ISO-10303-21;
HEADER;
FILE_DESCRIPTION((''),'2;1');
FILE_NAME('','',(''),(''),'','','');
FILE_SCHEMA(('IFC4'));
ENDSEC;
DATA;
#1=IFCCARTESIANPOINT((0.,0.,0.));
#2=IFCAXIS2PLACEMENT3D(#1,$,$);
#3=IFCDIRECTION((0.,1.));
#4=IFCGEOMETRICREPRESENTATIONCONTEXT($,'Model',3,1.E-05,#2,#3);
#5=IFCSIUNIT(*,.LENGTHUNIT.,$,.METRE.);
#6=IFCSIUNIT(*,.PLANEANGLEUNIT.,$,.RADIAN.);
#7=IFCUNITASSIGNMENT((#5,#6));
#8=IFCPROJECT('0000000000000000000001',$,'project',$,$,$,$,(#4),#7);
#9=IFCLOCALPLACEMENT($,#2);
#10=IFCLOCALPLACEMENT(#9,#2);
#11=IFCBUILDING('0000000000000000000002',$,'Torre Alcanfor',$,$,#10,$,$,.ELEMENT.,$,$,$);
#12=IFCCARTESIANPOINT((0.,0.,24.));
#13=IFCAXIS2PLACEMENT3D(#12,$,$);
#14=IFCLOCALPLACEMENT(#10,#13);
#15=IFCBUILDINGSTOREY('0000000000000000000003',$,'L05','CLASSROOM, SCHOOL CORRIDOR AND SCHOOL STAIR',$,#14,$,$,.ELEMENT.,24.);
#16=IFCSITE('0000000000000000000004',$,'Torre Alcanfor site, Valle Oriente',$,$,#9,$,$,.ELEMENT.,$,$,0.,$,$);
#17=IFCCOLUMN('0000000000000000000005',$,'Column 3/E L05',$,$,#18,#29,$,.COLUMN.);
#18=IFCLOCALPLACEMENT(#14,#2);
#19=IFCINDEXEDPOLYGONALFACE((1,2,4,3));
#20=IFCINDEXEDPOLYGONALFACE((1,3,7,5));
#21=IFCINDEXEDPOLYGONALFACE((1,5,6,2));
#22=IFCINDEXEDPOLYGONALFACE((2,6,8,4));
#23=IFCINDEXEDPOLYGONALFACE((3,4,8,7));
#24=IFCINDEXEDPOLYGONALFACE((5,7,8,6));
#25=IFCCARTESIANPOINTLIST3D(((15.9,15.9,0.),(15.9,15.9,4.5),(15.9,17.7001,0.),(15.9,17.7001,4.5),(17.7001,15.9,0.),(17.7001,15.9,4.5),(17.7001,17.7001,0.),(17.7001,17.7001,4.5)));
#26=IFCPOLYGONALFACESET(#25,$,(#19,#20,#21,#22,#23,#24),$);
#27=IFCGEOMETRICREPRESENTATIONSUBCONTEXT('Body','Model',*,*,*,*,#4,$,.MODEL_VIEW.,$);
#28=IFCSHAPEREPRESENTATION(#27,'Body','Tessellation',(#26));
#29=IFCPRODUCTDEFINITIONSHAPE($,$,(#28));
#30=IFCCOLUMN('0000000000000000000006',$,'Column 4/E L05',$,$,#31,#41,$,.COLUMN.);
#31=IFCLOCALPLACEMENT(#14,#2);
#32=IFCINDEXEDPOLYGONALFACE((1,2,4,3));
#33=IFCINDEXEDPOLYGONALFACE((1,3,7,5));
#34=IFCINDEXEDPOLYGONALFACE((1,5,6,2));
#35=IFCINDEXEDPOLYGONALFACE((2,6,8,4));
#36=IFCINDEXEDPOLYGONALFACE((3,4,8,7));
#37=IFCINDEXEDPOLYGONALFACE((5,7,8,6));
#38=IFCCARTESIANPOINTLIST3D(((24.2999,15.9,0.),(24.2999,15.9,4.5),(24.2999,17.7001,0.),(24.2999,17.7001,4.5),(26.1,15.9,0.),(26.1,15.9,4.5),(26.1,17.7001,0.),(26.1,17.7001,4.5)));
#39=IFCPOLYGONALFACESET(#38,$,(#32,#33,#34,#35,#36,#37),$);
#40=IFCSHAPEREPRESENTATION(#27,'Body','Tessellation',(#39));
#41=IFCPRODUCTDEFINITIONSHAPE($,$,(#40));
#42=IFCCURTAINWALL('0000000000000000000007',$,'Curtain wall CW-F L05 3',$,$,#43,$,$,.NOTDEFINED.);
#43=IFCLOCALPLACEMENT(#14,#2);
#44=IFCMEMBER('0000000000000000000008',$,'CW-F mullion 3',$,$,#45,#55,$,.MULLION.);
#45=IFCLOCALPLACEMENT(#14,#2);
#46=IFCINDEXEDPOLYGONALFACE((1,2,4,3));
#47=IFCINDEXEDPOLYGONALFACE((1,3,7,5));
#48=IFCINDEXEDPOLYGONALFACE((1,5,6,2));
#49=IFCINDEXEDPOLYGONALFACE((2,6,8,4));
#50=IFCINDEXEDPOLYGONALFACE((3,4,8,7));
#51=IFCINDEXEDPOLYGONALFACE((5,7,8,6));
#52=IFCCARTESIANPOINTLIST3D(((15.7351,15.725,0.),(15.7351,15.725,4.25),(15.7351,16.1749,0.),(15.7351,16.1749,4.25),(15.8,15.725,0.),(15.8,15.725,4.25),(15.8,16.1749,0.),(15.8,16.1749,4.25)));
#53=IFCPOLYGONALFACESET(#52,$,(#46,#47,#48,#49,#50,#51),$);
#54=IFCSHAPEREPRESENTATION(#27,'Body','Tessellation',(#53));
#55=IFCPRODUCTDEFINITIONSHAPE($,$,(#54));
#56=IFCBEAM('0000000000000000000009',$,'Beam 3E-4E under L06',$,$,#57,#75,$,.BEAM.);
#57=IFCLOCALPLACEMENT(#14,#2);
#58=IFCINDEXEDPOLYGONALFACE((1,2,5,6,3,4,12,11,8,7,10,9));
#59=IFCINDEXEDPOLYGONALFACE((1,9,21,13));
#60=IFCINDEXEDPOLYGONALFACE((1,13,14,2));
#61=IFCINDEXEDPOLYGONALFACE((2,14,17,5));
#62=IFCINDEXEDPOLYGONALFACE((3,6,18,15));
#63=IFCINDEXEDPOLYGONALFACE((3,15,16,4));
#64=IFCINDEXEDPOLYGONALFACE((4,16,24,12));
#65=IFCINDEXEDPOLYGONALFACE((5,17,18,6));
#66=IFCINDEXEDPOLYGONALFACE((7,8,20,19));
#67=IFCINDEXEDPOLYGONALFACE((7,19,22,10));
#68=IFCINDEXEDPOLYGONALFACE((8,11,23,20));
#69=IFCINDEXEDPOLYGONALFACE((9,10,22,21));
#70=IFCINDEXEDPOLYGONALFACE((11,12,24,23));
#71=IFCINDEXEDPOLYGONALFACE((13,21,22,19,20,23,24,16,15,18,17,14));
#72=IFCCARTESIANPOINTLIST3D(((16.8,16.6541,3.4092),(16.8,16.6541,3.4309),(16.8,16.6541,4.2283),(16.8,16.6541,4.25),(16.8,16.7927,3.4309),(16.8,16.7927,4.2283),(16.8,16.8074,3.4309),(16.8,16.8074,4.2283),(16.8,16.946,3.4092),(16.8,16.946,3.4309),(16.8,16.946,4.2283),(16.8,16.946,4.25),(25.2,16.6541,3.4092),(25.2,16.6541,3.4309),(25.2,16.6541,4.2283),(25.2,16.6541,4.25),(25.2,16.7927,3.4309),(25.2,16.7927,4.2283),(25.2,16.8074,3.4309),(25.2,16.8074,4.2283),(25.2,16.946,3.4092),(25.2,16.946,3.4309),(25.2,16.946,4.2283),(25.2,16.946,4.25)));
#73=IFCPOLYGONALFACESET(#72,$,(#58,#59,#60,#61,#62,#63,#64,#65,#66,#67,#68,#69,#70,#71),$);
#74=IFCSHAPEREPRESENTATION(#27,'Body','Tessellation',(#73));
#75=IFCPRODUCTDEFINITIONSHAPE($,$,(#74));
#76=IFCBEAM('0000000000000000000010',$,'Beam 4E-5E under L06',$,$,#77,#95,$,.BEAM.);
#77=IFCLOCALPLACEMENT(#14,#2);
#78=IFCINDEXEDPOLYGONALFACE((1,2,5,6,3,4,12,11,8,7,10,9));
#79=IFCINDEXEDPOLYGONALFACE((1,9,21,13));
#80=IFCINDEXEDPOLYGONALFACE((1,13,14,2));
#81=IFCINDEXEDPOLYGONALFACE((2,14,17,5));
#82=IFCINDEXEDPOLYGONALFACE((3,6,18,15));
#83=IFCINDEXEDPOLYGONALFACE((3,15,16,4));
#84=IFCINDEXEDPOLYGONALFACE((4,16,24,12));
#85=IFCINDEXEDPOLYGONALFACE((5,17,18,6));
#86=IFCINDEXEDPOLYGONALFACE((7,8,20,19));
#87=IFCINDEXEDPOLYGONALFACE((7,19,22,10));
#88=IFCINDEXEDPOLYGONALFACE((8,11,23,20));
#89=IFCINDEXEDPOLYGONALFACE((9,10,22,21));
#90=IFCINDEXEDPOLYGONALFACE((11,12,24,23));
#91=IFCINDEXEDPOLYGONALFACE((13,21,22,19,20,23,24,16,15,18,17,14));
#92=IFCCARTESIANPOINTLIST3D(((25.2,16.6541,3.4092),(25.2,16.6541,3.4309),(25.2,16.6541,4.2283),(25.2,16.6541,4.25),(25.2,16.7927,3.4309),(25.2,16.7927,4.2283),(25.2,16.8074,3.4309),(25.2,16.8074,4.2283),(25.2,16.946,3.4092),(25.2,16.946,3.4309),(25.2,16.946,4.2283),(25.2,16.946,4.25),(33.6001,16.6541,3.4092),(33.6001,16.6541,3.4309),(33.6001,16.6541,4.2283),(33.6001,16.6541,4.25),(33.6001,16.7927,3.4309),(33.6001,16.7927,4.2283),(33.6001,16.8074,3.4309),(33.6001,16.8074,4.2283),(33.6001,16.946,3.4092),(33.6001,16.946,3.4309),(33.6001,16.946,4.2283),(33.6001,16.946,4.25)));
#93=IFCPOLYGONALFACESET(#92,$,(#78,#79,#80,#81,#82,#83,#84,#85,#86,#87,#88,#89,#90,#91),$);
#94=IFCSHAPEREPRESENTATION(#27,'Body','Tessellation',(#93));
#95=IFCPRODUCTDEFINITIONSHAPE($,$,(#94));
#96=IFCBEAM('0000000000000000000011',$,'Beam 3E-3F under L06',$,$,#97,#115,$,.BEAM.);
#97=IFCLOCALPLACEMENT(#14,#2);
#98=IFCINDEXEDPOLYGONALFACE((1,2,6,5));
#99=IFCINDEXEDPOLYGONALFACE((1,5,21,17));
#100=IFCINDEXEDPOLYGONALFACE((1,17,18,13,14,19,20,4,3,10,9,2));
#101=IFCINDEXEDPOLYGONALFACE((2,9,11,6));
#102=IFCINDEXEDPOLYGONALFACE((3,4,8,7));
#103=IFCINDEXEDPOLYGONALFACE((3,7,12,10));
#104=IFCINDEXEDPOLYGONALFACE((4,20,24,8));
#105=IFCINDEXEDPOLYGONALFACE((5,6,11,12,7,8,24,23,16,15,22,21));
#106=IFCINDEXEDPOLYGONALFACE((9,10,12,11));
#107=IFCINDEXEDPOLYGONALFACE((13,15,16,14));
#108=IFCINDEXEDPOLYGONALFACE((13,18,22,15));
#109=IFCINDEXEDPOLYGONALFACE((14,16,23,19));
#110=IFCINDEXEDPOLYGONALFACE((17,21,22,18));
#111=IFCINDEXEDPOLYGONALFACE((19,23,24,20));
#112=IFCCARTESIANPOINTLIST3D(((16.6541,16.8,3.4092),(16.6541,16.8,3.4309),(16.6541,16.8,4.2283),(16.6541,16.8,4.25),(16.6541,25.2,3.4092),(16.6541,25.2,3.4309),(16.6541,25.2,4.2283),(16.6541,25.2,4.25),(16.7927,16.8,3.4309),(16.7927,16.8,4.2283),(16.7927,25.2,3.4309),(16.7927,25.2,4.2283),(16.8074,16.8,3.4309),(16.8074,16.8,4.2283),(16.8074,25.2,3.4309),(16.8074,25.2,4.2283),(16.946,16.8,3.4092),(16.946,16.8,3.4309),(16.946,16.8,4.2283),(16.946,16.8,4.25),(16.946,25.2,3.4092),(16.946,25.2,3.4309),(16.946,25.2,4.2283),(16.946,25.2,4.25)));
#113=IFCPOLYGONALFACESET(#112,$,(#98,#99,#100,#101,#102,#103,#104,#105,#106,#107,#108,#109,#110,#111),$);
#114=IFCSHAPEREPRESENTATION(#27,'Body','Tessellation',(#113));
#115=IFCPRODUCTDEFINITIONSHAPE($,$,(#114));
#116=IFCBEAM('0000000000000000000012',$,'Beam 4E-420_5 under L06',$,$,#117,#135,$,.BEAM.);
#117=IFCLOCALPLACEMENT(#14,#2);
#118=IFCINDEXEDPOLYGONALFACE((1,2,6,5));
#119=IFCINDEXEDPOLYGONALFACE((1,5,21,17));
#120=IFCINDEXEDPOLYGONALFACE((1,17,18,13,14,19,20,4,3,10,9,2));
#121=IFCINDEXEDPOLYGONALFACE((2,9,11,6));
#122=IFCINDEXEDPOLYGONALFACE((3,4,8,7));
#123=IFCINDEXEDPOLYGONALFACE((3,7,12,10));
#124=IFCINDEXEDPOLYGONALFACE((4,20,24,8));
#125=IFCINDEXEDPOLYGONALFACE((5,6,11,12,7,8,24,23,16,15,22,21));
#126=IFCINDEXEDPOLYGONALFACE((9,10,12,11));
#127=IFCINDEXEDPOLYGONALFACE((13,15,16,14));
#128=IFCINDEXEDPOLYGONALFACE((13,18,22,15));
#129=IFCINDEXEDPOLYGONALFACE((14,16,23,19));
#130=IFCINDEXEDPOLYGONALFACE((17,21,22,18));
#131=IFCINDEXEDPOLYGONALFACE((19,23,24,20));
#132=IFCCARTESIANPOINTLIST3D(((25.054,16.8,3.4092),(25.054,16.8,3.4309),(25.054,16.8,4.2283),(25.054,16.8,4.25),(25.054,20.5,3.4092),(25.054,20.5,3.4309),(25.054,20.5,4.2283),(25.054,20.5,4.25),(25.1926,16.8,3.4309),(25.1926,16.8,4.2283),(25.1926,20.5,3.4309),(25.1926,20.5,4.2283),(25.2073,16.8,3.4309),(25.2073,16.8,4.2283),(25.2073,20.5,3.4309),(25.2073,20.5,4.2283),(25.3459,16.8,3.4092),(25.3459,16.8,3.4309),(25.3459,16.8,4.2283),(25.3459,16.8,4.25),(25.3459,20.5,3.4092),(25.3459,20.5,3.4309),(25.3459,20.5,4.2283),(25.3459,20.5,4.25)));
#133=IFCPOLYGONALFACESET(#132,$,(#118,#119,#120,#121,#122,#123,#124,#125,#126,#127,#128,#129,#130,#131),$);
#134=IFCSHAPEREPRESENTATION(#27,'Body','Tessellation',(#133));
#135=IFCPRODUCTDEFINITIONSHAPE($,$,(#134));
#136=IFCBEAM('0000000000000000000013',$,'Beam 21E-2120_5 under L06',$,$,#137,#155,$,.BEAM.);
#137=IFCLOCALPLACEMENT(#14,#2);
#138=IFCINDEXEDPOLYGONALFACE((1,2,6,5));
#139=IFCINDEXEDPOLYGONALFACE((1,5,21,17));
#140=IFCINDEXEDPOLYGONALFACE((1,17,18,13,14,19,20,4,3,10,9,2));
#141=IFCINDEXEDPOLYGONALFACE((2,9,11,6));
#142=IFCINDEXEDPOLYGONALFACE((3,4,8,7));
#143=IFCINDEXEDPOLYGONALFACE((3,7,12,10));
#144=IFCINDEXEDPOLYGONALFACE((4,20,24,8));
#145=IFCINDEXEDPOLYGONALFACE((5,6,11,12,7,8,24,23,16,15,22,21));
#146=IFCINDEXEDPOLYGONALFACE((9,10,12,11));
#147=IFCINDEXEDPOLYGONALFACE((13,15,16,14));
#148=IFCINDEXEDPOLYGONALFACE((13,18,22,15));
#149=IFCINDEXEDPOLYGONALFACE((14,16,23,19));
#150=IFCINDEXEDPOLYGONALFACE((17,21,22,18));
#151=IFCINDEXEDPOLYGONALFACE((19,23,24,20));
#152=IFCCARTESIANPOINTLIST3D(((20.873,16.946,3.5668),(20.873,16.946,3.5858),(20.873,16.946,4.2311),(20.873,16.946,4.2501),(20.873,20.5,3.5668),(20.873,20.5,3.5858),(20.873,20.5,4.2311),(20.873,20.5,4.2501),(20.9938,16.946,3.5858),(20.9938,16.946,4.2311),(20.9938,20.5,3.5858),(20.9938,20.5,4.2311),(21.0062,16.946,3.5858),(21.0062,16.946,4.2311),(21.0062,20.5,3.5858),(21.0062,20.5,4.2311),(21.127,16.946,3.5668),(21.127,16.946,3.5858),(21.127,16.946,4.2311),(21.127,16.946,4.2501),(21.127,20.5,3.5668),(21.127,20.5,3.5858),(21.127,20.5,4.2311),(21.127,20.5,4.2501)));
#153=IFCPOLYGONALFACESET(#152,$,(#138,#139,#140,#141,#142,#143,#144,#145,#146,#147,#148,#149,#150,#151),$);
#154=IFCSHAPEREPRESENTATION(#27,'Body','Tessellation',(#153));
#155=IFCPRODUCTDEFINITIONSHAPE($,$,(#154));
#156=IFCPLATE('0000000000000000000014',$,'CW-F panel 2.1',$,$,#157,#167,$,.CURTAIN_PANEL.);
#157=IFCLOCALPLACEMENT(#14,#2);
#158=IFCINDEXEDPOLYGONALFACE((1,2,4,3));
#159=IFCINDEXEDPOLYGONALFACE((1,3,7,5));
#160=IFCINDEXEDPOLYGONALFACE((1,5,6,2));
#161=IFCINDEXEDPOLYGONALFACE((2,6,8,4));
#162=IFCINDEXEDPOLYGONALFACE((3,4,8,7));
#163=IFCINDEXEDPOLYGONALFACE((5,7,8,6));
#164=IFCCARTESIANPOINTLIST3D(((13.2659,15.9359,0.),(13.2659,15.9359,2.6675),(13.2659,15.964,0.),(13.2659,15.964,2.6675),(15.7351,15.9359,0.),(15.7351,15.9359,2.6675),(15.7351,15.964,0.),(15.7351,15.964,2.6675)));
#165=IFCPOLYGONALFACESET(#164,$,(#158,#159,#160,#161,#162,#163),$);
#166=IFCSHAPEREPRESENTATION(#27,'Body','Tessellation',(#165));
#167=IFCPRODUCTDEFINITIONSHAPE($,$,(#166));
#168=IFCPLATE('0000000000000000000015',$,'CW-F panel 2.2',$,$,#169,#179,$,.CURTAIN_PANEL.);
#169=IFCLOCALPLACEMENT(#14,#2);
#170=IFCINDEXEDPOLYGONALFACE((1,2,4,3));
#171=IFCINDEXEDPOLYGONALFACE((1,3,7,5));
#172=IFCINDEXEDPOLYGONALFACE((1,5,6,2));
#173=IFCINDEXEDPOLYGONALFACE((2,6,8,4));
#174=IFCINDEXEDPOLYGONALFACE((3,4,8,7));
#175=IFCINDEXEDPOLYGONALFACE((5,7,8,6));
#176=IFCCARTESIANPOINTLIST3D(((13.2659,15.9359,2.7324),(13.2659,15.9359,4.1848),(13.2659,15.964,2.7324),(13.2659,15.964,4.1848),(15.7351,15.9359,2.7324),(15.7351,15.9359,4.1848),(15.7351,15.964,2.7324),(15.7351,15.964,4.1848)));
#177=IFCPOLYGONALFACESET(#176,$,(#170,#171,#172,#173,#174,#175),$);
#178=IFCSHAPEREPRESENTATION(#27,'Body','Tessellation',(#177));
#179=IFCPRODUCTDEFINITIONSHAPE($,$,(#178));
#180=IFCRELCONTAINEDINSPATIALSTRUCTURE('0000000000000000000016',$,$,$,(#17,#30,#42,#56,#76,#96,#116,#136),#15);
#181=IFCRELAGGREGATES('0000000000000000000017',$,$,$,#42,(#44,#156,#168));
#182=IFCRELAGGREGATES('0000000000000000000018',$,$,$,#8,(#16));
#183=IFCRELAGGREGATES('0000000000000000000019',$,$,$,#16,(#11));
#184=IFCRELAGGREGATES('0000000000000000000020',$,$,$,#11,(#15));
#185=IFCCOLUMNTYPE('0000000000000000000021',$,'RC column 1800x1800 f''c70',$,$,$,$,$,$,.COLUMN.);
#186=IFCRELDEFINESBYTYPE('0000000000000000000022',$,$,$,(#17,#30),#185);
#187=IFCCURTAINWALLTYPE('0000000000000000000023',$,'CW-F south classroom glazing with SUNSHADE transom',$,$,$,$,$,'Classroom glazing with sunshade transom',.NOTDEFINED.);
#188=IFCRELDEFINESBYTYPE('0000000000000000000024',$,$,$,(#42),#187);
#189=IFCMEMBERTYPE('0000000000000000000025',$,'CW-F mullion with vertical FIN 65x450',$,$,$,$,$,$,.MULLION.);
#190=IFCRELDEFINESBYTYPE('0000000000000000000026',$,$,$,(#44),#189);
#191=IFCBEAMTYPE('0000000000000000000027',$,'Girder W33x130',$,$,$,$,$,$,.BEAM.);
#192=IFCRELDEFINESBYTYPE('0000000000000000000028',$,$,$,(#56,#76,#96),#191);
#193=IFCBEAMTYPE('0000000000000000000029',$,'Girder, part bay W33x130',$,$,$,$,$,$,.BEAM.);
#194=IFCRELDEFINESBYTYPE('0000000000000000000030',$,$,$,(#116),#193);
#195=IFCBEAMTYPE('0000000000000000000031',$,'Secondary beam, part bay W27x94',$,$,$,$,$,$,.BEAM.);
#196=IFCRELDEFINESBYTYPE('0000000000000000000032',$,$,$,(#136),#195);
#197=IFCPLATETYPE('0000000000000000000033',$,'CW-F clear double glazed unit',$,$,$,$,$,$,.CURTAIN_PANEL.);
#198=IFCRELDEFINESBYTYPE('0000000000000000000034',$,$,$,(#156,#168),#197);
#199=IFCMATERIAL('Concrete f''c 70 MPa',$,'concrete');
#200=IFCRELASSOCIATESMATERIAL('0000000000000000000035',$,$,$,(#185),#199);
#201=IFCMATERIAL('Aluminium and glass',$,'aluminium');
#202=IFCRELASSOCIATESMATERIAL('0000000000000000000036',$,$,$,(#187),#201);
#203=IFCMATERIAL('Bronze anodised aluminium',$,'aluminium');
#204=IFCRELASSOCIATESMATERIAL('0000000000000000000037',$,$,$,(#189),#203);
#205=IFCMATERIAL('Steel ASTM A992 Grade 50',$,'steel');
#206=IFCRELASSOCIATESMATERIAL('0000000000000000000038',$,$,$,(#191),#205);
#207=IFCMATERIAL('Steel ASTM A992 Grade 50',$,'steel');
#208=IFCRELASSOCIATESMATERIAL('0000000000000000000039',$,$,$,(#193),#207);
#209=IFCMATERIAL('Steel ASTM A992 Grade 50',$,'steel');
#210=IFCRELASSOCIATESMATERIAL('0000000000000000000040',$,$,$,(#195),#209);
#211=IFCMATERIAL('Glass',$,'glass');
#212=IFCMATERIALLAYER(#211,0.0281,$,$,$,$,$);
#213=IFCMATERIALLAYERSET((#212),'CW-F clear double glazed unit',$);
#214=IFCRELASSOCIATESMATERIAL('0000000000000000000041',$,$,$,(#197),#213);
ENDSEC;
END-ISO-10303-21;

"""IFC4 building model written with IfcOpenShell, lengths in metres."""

from ifc_helpers import new_model, si_unit, direction, frame, origin, origin_2d, place, context, subcontext, project, spatial, rectangle, i_section, extrude, material, layer, layer_set, material_profile, profile_set, type_object, element, aggregate, save


model = new_model("IFC4")

# Units and contexts
model_context = context("Model", 3, precision=1e-05, world=origin(), true_north=direction((0.0, 1.0)))
body_context = subcontext(model_context, "Body", "Model", "MODEL_VIEW")
ifc_project = project(units=[si_unit("LENGTHUNIT", "METRE"), si_unit("PLANEANGLEUNIT", "RADIAN")], contexts=[model_context])

# Site, building, storey
site_placement = place(None, origin())
site = spatial("IfcSite", under=ifc_project, at=site_placement, Name="Torre Alcanfor site, Valle Oriente", CompositionType="ELEMENT", RefElevation=0.0)
building_placement = place(site_placement, origin())
building = spatial("IfcBuilding", under=site, at=building_placement, Name="Torre Alcanfor", CompositionType="ELEMENT")
storey_placement = place(building_placement, frame((0.0, 0.0, 24.0)))
storey = spatial("IfcBuildingStorey", under=building, at=storey_placement, Name="L05", Description="CLASSROOM, SCHOOL CORRIDOR AND SCHOOL STAIR", CompositionType="ELEMENT", Elevation=24.0)

# Columns
ifc_material_1 = material(Name="Concrete f'c 70 MPa", Category="concrete")
ifc_material_profile_1 = material_profile(ifc_material_1, rectangle(XDim=1.8, YDim=1.8, at=origin_2d()), Name="1800x1800")
ifc_profile_set_1 = profile_set([ifc_material_profile_1], Name="Concrete f'c 70 MPa")
column_type = type_object("IfcColumnType", Name="RC column 1800x1800 f'c70", PredefinedType="COLUMN", material=ifc_profile_set_1)
for number, where, z_axis, x_axis, name in (
    (1, (16.8, 16.8, 0.0), (0.0, 0.0, 1.0), (1.0, 0.0, 0.0), "Column 3/E L05"),
    (2, (25.2, 16.8, 0.0), (0.0, 0.0, 1.0), (1.0, 0.0, 0.0), "Column 4/E L05"),
):
    element("IfcColumn", number, at=place(storey_placement, frame(where, z_axis=z_axis, x_axis=x_axis)), inside=storey, type_object=column_type, Name=name, PredefinedType="COLUMN", context=body_context, shape_type="SweptSolid", body=[
        extrude(rectangle(XDim=1.8, YDim=1.8, at=origin_2d()), origin(), (0.0, 0.0, 1.0), 4.5),
    ])

# Curtain wall, member
ifc_material_2 = material(Name="Aluminium and glass", Category="aluminium")
curtain_wall_type = type_object("IfcCurtainWallType", Name="CW-F south classroom glazing with SUNSHADE transom", ElementType="Classroom glazing with sunshade transom", PredefinedType="NOTDEFINED", material=ifc_material_2)
curtain_wall_placement = place(storey_placement, origin())
curtain_wall = element("IfcCurtainWall", 3, at=curtain_wall_placement, inside=storey, type_object=curtain_wall_type, Name="Curtain wall CW-F L05 3", PredefinedType="NOTDEFINED")
ifc_material_3 = material(Name="Bronze anodised aluminium", Category="aluminium")
ifc_material_profile_2 = material_profile(ifc_material_3, rectangle(XDim=0.45, YDim=0.0649, at=origin_2d()), Name="CW-F mullion 65x450")
ifc_profile_set_2 = profile_set([ifc_material_profile_2], Name="Bronze anodised aluminium")
member_type = type_object("IfcMemberType", Name="CW-F mullion with vertical FIN 65x450", PredefinedType="MULLION", material=ifc_profile_set_2)
member_placement = place(storey_placement, frame((15.7676, 15.95, 0.0), z_axis=(0.0, 0.0, 1.0), x_axis=(0.0, 1.0, 0.0)))
member = element("IfcMember", 4, at=member_placement, type_object=member_type, Name="CW-F mullion 3", PredefinedType="MULLION", context=body_context, shape_type="SweptSolid", body=[
    extrude(rectangle(XDim=0.45, YDim=0.0649, at=origin_2d()), origin(), (0.0, 0.0, 1.0), 4.25),
])

# Beams
ifc_material_4 = material(Name="Steel ASTM A992 Grade 50", Category="steel")
ifc_material_profile_3 = material_profile(ifc_material_4, i_section(OverallWidth=0.292, OverallDepth=0.8408, WebThickness=0.0146, FlangeThickness=0.0217, at=origin_2d()), Name="W33x130")
ifc_profile_set_3 = profile_set([ifc_material_profile_3], Name="Steel ASTM A992 Grade 50")
beam_type_1 = type_object("IfcBeamType", Name="Girder W33x130", PredefinedType="BEAM", material=ifc_profile_set_3)
beam_1_placement = place(storey_placement, frame((16.8, 16.8, 3.8296), z_axis=(1.0, 0.0, 0.0), x_axis=(0.0, 1.0, 0.0)))
element("IfcBeam", 5, at=beam_1_placement, inside=storey, type_object=beam_type_1, Name="Beam 3E-4E under L06", PredefinedType="BEAM", context=body_context, shape_type="SweptSolid", body=[
    extrude(i_section(OverallWidth=0.292, OverallDepth=0.8408, WebThickness=0.0146, FlangeThickness=0.0217, at=origin_2d()), origin(), (0.0, 0.0, 1.0), 8.3999),
])
beam_2_placement = place(storey_placement, frame((25.2, 16.8, 3.8296), z_axis=(1.0, 0.0, 0.0), x_axis=(0.0, 1.0, 0.0)))
element("IfcBeam", 6, at=beam_2_placement, inside=storey, type_object=beam_type_1, Name="Beam 4E-5E under L06", PredefinedType="BEAM", context=body_context, shape_type="SweptSolid", body=[
    extrude(i_section(OverallWidth=0.292, OverallDepth=0.8408, WebThickness=0.0146, FlangeThickness=0.0217, at=origin_2d()), origin(), (0.0, 0.0, 1.0), 8.4001),
])
beam_3_placement = place(storey_placement, frame((16.8, 16.8, 3.8296), z_axis=(0.0, 1.0, 0.0), x_axis=(-1.0, 0.0, 0.0)))
element("IfcBeam", 7, at=beam_3_placement, inside=storey, type_object=beam_type_1, Name="Beam 3E-3F under L06", PredefinedType="BEAM", context=body_context, shape_type="SweptSolid", body=[
    extrude(i_section(OverallWidth=0.292, OverallDepth=0.8408, WebThickness=0.0146, FlangeThickness=0.0217, at=origin_2d()), origin(), (0.0, 0.0, 1.0), 8.3999),
])
ifc_material_5 = material(Name="Steel ASTM A992 Grade 50", Category="steel")
ifc_material_profile_4 = material_profile(ifc_material_5, i_section(OverallWidth=0.292, OverallDepth=0.8408, WebThickness=0.0146, FlangeThickness=0.0217, at=origin_2d()), Name="W33x130")
ifc_profile_set_4 = profile_set([ifc_material_profile_4], Name="Steel ASTM A992 Grade 50")
beam_type_2 = type_object("IfcBeamType", Name="Girder, part bay W33x130", PredefinedType="BEAM", material=ifc_profile_set_4)
beam_4_placement = place(storey_placement, frame((25.2, 16.8, 3.8296), z_axis=(0.0, 1.0, 0.0), x_axis=(-1.0, 0.0, 0.0)))
element("IfcBeam", 8, at=beam_4_placement, inside=storey, type_object=beam_type_2, Name="Beam 4E-420_5 under L06", PredefinedType="BEAM", context=body_context, shape_type="SweptSolid", body=[
    extrude(i_section(OverallWidth=0.292, OverallDepth=0.8408, WebThickness=0.0146, FlangeThickness=0.0217, at=origin_2d()), origin(), (0.0, 0.0, 1.0), 3.7),
])
ifc_material_6 = material(Name="Steel ASTM A992 Grade 50", Category="steel")
ifc_material_profile_5 = material_profile(ifc_material_6, i_section(OverallWidth=0.2539, OverallDepth=0.6833, WebThickness=0.0125, FlangeThickness=0.019, at=origin_2d()), Name="W27x94")
ifc_profile_set_5 = profile_set([ifc_material_profile_5], Name="Steel ASTM A992 Grade 50")
beam_type_3 = type_object("IfcBeamType", Name="Secondary beam, part bay W27x94", PredefinedType="BEAM", material=ifc_profile_set_5)
beam_5_placement = place(storey_placement, frame((21.0, 16.946, 3.9084), z_axis=(0.0, 1.0, 0.0), x_axis=(-1.0, 0.0, 0.0)))
element("IfcBeam", 9, at=beam_5_placement, inside=storey, type_object=beam_type_3, Name="Beam 21E-2120_5 under L06", PredefinedType="BEAM", context=body_context, shape_type="SweptSolid", body=[
    extrude(i_section(OverallWidth=0.2539, OverallDepth=0.6833, WebThickness=0.0125, FlangeThickness=0.019, at=origin_2d()), origin(), (0.0, 0.0, 1.0), 3.554),
])

# Plates
ifc_material_7 = material(Name="Glass", Category="glass")
ifc_layer_1 = layer(ifc_material_7, 0.0281)
ifc_layer_set_1 = layer_set([ifc_layer_1], Name="CW-F clear double glazed unit")
plate_type = type_object("IfcPlateType", Name="CW-F clear double glazed unit", PredefinedType="CURTAIN_PANEL", material=ifc_layer_set_1)
plate_1_placement = place(storey_placement, frame((14.5005, 15.95, 0.0), z_axis=(0.0, 0.0, 1.0), x_axis=(1.0, 0.0, 0.0)))
plate_1 = element("IfcPlate", 10, at=plate_1_placement, type_object=plate_type, Name="CW-F panel 2.1", PredefinedType="CURTAIN_PANEL", context=body_context, shape_type="SweptSolid", body=[
    extrude(rectangle(XDim=2.4692, YDim=0.0281, at=origin_2d()), origin(), (0.0, 0.0, 1.0), 2.6675),
])
plate_2_placement = place(storey_placement, frame((14.5005, 15.95, 2.7324), z_axis=(0.0, 0.0, 1.0), x_axis=(1.0, 0.0, 0.0)))
plate_2 = element("IfcPlate", 11, at=plate_2_placement, type_object=plate_type, Name="CW-F panel 2.2", PredefinedType="CURTAIN_PANEL", context=body_context, shape_type="SweptSolid", body=[
    extrude(rectangle(XDim=2.4692, YDim=0.0281, at=origin_2d()), origin(), (0.0, 0.0, 1.0), 1.4524),
])
aggregate(curtain_wall, [member, plate_1, plate_2])

save(model, "model.ifc")
